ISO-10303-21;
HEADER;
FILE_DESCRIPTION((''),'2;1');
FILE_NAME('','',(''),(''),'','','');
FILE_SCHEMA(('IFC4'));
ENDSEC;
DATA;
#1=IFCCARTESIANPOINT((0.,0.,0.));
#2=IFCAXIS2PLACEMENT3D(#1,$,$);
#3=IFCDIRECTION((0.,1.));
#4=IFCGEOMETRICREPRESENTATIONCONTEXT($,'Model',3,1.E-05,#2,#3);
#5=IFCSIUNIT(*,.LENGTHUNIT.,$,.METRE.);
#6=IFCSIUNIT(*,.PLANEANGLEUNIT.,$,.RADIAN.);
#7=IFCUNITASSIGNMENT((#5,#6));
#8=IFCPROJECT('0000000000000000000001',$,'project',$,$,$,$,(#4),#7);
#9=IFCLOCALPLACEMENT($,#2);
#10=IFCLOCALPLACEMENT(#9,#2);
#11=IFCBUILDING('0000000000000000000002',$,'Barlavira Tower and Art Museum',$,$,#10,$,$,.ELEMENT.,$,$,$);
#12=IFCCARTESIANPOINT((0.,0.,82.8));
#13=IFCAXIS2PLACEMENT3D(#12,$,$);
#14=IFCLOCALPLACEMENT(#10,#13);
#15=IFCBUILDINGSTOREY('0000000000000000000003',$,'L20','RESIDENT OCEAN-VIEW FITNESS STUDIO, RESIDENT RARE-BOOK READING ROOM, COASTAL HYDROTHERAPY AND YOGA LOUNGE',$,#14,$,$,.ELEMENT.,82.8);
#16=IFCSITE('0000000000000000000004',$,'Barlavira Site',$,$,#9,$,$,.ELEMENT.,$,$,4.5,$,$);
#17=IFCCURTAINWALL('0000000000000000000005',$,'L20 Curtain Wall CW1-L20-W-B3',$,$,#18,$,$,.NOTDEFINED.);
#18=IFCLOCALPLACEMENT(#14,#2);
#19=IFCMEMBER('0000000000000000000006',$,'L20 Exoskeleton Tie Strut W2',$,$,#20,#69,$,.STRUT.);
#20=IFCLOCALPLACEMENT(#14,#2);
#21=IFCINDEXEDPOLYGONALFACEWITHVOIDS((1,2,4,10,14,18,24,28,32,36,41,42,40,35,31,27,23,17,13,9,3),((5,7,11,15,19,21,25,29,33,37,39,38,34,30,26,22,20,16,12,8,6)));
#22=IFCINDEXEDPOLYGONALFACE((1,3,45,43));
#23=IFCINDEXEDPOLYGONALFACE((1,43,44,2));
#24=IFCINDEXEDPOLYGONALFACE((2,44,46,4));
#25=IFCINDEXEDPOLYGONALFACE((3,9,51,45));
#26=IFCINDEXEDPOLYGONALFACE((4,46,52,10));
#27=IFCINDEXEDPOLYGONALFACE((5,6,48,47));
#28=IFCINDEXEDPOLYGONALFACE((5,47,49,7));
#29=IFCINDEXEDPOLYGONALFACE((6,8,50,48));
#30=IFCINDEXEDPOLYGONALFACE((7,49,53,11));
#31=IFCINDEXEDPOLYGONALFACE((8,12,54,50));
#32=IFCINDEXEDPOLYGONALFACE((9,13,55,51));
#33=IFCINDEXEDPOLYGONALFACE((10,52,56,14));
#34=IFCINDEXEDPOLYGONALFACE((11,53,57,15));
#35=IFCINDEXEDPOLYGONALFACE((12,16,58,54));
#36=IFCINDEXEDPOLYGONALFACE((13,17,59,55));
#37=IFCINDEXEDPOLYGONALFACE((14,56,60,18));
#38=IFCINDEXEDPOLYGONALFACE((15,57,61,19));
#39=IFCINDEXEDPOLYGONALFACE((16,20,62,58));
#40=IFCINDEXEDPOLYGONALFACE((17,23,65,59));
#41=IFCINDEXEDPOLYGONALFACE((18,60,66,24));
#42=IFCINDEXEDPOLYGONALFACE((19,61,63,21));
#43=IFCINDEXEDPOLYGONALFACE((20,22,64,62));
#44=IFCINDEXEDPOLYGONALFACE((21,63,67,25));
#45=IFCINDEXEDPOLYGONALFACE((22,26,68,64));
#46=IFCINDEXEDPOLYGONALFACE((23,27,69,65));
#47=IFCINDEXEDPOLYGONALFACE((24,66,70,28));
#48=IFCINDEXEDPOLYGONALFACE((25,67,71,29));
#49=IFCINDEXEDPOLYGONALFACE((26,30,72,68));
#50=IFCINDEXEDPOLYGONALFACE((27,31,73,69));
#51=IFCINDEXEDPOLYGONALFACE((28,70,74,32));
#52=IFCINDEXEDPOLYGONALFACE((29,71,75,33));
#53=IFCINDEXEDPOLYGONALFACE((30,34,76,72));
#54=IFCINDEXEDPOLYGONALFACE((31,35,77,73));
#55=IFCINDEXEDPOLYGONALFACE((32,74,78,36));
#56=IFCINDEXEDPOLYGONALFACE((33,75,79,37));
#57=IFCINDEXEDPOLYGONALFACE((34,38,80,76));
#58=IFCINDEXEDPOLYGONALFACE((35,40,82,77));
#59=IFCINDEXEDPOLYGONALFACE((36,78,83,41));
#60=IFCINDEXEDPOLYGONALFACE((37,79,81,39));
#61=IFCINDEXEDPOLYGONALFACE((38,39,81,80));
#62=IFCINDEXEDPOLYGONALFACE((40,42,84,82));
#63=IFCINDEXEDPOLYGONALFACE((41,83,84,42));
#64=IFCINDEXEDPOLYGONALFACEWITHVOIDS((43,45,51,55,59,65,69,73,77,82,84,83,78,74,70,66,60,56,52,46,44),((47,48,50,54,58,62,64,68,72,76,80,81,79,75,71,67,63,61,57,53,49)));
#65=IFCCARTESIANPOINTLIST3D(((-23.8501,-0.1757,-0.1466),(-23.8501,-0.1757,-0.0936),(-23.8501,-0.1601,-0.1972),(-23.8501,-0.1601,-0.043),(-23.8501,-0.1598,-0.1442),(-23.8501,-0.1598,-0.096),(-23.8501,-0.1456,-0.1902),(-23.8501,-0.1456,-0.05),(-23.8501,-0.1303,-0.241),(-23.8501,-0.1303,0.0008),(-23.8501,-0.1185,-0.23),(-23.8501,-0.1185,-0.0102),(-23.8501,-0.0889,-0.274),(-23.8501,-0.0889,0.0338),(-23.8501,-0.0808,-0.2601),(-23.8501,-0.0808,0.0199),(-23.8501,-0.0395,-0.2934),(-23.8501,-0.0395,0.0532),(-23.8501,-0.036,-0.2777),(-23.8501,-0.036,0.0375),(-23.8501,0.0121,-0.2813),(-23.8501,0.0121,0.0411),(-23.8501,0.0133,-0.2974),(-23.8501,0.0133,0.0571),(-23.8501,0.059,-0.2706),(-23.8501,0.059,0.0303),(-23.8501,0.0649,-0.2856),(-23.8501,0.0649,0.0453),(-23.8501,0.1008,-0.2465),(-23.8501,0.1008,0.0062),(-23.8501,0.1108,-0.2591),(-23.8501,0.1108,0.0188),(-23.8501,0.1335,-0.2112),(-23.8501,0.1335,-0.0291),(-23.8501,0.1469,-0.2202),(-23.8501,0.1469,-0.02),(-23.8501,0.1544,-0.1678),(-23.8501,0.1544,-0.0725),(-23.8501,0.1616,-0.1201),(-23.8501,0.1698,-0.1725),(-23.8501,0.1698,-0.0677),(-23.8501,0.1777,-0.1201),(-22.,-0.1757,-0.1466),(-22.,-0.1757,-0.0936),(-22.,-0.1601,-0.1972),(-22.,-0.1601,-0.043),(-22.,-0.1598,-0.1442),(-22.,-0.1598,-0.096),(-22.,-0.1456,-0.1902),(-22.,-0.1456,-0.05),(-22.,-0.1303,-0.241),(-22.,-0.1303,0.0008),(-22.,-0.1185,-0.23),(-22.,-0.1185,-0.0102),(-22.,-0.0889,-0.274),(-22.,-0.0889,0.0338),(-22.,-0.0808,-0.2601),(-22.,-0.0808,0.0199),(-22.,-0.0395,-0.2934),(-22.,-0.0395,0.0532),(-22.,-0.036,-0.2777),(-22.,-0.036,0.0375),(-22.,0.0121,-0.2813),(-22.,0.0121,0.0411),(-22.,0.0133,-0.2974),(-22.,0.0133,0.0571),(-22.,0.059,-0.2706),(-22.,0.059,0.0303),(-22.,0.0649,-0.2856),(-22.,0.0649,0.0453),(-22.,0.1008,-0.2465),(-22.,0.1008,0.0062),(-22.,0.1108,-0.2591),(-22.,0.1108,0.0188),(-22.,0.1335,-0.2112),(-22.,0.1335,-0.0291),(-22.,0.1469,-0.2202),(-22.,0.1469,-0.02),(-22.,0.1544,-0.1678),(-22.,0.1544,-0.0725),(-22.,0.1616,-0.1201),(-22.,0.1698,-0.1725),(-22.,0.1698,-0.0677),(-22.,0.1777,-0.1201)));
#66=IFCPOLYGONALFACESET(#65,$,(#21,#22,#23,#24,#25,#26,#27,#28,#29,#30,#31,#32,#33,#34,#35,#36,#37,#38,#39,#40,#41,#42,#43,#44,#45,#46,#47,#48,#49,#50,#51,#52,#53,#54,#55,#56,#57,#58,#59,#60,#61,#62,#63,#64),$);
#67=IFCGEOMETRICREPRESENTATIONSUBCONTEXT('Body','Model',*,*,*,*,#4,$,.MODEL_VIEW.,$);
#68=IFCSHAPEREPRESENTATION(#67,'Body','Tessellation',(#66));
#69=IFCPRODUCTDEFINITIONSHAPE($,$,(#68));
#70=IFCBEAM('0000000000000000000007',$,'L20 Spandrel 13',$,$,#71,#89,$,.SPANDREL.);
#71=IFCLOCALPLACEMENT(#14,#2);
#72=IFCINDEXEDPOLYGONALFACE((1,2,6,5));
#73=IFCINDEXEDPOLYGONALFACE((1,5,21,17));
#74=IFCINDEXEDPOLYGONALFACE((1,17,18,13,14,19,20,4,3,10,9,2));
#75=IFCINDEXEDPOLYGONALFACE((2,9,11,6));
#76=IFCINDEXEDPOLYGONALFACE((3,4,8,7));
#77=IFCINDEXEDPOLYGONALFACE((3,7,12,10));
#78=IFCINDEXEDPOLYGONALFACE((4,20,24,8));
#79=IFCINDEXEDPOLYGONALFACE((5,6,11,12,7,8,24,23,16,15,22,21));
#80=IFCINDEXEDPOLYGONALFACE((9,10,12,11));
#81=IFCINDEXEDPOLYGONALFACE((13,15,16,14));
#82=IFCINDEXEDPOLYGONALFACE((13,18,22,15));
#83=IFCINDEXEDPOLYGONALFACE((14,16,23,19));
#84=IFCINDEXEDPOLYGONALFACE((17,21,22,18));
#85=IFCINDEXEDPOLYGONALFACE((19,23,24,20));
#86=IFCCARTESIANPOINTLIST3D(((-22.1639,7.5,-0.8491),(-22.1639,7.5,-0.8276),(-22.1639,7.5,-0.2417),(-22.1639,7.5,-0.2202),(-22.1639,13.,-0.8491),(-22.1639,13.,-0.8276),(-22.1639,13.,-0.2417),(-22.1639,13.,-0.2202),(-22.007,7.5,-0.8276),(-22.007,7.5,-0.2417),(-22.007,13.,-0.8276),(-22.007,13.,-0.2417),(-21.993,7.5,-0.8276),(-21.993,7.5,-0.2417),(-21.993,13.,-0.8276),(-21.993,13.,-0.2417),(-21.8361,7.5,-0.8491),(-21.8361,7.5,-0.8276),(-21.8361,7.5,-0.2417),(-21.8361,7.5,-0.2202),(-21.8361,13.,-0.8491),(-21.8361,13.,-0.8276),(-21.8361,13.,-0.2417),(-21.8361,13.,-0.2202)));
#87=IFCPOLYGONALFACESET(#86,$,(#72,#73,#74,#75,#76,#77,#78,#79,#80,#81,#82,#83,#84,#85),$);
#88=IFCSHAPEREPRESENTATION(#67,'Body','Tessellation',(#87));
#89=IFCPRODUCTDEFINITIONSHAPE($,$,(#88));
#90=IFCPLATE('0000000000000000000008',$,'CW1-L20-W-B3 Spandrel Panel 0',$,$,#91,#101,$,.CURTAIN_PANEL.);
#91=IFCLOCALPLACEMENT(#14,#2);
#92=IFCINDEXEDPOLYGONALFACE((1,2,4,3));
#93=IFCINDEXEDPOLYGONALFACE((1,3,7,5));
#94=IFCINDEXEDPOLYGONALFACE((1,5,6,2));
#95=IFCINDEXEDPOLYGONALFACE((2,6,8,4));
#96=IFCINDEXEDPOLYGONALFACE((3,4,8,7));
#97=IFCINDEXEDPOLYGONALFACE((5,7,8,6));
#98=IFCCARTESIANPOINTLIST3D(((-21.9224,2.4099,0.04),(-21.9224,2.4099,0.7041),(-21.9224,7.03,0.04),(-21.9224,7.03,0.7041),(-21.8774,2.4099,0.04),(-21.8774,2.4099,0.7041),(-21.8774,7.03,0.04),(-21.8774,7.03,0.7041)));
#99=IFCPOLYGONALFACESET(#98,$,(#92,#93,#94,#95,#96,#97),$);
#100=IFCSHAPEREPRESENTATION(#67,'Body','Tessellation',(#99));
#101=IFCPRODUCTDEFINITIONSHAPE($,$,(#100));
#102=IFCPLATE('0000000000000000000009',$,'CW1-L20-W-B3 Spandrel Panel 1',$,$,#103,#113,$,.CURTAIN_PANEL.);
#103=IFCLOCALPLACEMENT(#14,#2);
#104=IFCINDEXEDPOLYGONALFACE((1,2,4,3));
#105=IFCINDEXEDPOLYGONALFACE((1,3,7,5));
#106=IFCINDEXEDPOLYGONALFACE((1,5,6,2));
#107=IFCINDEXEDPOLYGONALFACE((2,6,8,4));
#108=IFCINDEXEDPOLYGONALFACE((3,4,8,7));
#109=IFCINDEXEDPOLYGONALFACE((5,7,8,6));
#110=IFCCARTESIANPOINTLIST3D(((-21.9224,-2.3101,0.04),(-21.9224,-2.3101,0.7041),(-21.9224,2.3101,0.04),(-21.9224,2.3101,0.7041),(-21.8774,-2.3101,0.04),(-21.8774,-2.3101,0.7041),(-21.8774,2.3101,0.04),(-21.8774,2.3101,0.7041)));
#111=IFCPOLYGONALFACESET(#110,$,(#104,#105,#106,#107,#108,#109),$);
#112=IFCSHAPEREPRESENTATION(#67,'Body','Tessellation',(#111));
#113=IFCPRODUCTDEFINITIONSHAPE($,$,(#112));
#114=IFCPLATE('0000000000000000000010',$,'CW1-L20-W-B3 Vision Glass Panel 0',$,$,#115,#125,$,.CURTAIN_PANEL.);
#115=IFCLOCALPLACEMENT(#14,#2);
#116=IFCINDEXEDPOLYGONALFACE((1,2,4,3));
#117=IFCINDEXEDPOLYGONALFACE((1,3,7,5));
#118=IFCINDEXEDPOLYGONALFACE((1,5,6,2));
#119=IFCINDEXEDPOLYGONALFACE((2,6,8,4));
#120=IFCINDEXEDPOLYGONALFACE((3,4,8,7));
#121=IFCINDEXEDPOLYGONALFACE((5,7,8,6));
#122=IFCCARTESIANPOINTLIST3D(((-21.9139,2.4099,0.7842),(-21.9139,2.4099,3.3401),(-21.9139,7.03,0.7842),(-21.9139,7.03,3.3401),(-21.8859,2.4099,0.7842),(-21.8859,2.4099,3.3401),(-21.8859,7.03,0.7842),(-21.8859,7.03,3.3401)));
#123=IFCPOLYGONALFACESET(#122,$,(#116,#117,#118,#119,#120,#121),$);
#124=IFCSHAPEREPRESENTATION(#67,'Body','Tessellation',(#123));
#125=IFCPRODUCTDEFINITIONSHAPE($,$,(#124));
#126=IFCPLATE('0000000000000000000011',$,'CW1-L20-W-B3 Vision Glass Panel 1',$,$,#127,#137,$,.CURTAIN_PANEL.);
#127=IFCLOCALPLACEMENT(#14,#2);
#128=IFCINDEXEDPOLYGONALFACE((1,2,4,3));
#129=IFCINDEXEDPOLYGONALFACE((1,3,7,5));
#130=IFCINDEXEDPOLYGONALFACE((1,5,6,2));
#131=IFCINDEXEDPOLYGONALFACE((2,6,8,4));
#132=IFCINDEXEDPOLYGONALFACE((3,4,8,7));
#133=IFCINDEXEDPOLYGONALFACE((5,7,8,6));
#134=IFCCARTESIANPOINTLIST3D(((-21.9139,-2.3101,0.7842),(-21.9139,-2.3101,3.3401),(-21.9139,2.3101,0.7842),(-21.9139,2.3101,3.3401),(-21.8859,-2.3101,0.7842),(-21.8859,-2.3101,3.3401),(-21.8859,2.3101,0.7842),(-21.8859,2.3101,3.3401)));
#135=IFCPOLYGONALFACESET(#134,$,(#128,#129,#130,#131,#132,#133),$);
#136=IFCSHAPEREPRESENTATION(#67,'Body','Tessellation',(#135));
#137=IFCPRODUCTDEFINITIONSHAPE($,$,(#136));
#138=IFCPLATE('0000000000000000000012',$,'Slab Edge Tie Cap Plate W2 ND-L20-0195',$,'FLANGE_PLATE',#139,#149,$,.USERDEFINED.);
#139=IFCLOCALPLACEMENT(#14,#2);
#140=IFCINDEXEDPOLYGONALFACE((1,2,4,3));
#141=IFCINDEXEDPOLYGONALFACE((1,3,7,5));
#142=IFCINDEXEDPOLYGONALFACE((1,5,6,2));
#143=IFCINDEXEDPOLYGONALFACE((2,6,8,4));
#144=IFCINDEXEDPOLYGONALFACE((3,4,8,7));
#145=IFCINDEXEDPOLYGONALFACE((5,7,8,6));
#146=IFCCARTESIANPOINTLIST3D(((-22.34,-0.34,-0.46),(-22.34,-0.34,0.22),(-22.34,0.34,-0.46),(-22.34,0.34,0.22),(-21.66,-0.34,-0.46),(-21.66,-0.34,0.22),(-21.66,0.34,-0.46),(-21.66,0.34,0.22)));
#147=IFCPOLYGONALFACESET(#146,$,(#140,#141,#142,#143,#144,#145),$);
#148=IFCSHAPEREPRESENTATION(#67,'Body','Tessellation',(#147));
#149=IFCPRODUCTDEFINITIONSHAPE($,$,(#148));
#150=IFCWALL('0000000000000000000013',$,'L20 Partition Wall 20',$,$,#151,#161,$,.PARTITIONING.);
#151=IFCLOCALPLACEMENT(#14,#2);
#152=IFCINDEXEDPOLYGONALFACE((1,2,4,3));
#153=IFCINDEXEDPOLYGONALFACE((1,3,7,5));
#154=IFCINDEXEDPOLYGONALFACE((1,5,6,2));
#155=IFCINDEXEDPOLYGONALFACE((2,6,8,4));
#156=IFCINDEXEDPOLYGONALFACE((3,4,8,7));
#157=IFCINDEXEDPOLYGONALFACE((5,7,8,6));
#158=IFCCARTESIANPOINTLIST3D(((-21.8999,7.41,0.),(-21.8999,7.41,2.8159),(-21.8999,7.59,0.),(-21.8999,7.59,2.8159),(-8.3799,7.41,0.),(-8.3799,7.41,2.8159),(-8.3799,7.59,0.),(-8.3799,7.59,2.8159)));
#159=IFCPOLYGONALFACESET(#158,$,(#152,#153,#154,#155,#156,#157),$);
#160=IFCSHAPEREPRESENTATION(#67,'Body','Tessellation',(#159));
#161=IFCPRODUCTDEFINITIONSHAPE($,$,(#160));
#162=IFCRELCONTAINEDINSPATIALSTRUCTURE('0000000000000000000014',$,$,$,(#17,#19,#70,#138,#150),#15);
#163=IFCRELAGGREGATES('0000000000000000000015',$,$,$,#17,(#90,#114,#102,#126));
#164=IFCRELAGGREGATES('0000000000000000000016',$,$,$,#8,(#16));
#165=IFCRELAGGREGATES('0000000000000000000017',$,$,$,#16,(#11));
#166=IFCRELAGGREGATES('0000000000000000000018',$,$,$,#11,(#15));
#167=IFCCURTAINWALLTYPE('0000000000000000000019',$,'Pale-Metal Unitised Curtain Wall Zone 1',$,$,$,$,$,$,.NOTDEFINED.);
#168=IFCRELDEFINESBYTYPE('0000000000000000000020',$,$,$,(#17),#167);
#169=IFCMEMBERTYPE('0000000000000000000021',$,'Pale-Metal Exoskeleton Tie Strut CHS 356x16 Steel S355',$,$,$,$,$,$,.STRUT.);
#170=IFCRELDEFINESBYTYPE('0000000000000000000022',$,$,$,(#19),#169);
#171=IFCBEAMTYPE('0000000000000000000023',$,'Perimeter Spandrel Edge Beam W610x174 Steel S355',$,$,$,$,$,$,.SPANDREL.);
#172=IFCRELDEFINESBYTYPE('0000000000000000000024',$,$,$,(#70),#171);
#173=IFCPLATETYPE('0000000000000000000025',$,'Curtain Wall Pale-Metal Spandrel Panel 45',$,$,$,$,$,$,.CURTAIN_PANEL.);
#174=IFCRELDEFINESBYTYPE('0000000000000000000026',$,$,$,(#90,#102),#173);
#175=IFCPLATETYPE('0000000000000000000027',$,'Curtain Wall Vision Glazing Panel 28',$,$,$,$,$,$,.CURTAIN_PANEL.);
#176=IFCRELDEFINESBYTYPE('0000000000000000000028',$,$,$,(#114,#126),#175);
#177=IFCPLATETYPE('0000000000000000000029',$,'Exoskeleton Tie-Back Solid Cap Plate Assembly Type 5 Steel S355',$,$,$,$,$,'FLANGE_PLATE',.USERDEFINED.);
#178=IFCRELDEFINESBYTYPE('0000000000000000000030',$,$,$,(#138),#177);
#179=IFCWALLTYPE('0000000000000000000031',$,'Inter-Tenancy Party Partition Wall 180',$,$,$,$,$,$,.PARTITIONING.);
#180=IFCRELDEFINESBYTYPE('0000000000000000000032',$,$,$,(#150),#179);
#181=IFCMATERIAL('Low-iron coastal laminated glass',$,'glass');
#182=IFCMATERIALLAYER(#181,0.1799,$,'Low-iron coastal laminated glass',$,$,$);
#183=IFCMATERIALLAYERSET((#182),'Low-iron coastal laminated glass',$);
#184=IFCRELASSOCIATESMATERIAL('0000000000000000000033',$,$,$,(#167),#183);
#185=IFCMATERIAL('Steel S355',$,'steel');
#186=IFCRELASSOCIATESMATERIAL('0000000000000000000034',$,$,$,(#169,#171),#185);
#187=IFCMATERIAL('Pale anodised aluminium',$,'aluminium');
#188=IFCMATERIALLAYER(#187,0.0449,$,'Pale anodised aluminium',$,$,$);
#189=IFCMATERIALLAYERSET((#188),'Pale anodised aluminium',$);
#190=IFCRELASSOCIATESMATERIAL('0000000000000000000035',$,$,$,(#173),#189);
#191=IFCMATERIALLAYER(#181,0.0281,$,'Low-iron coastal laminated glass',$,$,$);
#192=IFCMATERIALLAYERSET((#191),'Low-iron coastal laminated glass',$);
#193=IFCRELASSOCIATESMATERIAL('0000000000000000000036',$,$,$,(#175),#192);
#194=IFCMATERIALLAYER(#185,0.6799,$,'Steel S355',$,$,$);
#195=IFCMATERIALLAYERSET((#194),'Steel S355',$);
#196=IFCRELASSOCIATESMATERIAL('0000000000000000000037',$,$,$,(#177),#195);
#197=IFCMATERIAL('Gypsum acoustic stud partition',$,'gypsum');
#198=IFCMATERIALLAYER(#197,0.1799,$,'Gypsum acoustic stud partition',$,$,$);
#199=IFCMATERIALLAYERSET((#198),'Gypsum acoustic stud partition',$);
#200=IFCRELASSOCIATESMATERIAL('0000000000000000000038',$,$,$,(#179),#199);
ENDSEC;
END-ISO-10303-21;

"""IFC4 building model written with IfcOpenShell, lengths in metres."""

from ifc_helpers import new_model, si_unit, direction, frame, frame_2d, origin, origin_2d, place, context, subcontext, project, spatial, rectangle, hollow_circle, i_section, extrude, material, layer, layer_set, material_profile, profile_set, type_object, element, aggregate, save


model = new_model("IFC4")

# Units and contexts
model_context = context("Model", 3, precision=1e-05, world=origin(), true_north=direction((0.0, 1.0)))
body_context = subcontext(model_context, "Body", "Model", "MODEL_VIEW")
ifc_project = project(units=[si_unit("LENGTHUNIT", "METRE"), si_unit("PLANEANGLEUNIT", "RADIAN")], contexts=[model_context])

# Site, building, storey
site_placement = place(None, origin())
site = spatial("IfcSite", under=ifc_project, at=site_placement, Name="Barlavira Site", CompositionType="ELEMENT", RefElevation=4.5)
building_placement = place(site_placement, origin())
building = spatial("IfcBuilding", under=site, at=building_placement, Name="Barlavira Tower and Art Museum", CompositionType="ELEMENT")
storey_placement = place(building_placement, frame((0.0, 0.0, 82.8)))
storey = spatial("IfcBuildingStorey", under=building, at=storey_placement, Name="L20", Description="RESIDENT OCEAN-VIEW FITNESS STUDIO, RESIDENT RARE-BOOK READING ROOM, COASTAL HYDROTHERAPY AND YOGA LOUNGE", CompositionType="ELEMENT", Elevation=82.8)

# Curtain wall
ifc_material_1 = material(Name="Low-iron coastal laminated glass", Category="glass")
ifc_layer_1 = layer(ifc_material_1, 0.1799, Name="Low-iron coastal laminated glass")
ifc_layer_set_1 = layer_set([ifc_layer_1], Name="Low-iron coastal laminated glass")
curtain_wall_type = type_object("IfcCurtainWallType", Name="Pale-Metal Unitised Curtain Wall Zone 1", PredefinedType="NOTDEFINED", material=ifc_layer_set_1)
curtain_wall_placement = place(storey_placement, origin())
curtain_wall = element("IfcCurtainWall", 1, at=curtain_wall_placement, inside=storey, type_object=curtain_wall_type, Name="L20 Curtain Wall CW1-L20-W-B3", PredefinedType="NOTDEFINED")
ifc_material_2 = material(Name="Pale anodised aluminium", Category="aluminium")

# Member
ifc_material_3 = material(Name="Steel S355", Category="steel")
ifc_material_profile_1 = material_profile(ifc_material_3, hollow_circle(Radius=0.1777, WallThickness=0.0161, at=origin_2d()), Name="CHS 355.6x16.0")
ifc_profile_set_1 = profile_set([ifc_material_profile_1], Name="Steel S355")
member_type_1 = type_object("IfcMemberType", Name="Pale-Metal Exoskeleton Tie Strut CHS 356x16 Steel S355", PredefinedType="STRUT", material=ifc_profile_set_1)
member_1_placement = place(storey_placement, frame((-23.8501, 0.0, -0.1201), z_axis=(1.0, 0.0, 0.0), x_axis=(0.0, 1.0, 0.0)))
element("IfcMember", 2, at=member_1_placement, inside=storey, type_object=member_type_1, Name="L20 Exoskeleton Tie Strut W2", PredefinedType="STRUT", context=body_context, shape_type="SweptSolid", body=[
    extrude(hollow_circle(Radius=0.1777, WallThickness=0.0161, at=origin_2d()), origin(), (0.0, 0.0, 1.0), 1.8501),
])

# Beam
ifc_material_profile_2 = material_profile(ifc_material_3, i_section(OverallWidth=0.3279, OverallDepth=0.6289, WebThickness=0.0139, FlangeThickness=0.0215, at=origin_2d()), Name="W610x174.0")
ifc_profile_set_2 = profile_set([ifc_material_profile_2], Name="Steel S355")
beam_type = type_object("IfcBeamType", Name="Perimeter Spandrel Edge Beam W610x174 Steel S355", PredefinedType="SPANDREL", material=ifc_profile_set_2)
beam_placement = place(storey_placement, frame((-22.0, 7.5, -0.5347), z_axis=(0.0, 1.0, 0.0), x_axis=(-1.0, 0.0, 0.0)))
element("IfcBeam", 3, at=beam_placement, inside=storey, type_object=beam_type, Name="L20 Spandrel 13", PredefinedType="SPANDREL", context=body_context, shape_type="SweptSolid", body=[
    extrude(i_section(OverallWidth=0.3279, OverallDepth=0.6289, WebThickness=0.0139, FlangeThickness=0.0215, at=origin_2d()), origin(), (0.0, 0.0, 1.0), 5.5),
])

# Plates
ifc_layer_2 = layer(ifc_material_2, 0.0449, Name="Pale anodised aluminium")
ifc_layer_set_2 = layer_set([ifc_layer_2], Name="Pale anodised aluminium")
plate_type_1 = type_object("IfcPlateType", Name="Curtain Wall Pale-Metal Spandrel Panel 45", PredefinedType="CURTAIN_PANEL", material=ifc_layer_set_2)
plate_1_placement = place(storey_placement, frame((-21.8999, 4.72, 0.04), z_axis=(0.0, 0.0, 1.0), x_axis=(0.0, -1.0, 0.0)))
plate_1 = element("IfcPlate", 4, at=plate_1_placement, type_object=plate_type_1, Name="CW1-L20-W-B3 Spandrel Panel 0", PredefinedType="CURTAIN_PANEL", context=body_context, shape_type="SweptSolid", body=[
    extrude(rectangle(XDim=4.6201, YDim=0.0449, at=origin_2d()), origin(), (0.0, 0.0, 1.0), 0.6641),
])
plate_2_placement = place(storey_placement, frame((-21.8999, 0.0, 0.04), z_axis=(0.0, 0.0, 1.0), x_axis=(0.0, -1.0, 0.0)))
plate_2 = element("IfcPlate", 5, at=plate_2_placement, type_object=plate_type_1, Name="CW1-L20-W-B3 Spandrel Panel 1", PredefinedType="CURTAIN_PANEL", context=body_context, shape_type="SweptSolid", body=[
    extrude(rectangle(XDim=4.6201, YDim=0.0449, at=origin_2d()), origin(), (0.0, 0.0, 1.0), 0.6641),
])
ifc_layer_3 = layer(ifc_material_1, 0.0281, Name="Low-iron coastal laminated glass")
ifc_layer_set_3 = layer_set([ifc_layer_3], Name="Low-iron coastal laminated glass")
plate_type_2 = type_object("IfcPlateType", Name="Curtain Wall Vision Glazing Panel 28", PredefinedType="CURTAIN_PANEL", material=ifc_layer_set_3)
plate_3_placement = place(storey_placement, frame((-21.8999, 4.72, 0.7842), z_axis=(0.0, 0.0, 1.0), x_axis=(0.0, -1.0, 0.0)))
plate_3 = element("IfcPlate", 6, at=plate_3_placement, type_object=plate_type_2, Name="CW1-L20-W-B3 Vision Glass Panel 0", PredefinedType="CURTAIN_PANEL", context=body_context, shape_type="SweptSolid", body=[
    extrude(rectangle(XDim=4.6201, YDim=0.0281, at=origin_2d()), origin(), (0.0, 0.0, 1.0), 2.5559),
])
plate_4_placement = place(storey_placement, frame((-21.8999, 0.0, 0.7842), z_axis=(0.0, 0.0, 1.0), x_axis=(0.0, -1.0, 0.0)))
plate_4 = element("IfcPlate", 7, at=plate_4_placement, type_object=plate_type_2, Name="CW1-L20-W-B3 Vision Glass Panel 1", PredefinedType="CURTAIN_PANEL", context=body_context, shape_type="SweptSolid", body=[
    extrude(rectangle(XDim=4.6201, YDim=0.0281, at=origin_2d()), origin(), (0.0, 0.0, 1.0), 2.5559),
])
aggregate(curtain_wall, [plate_1, plate_3, plate_2, plate_4])
ifc_layer_4 = layer(ifc_material_3, 0.6799, Name="Steel S355")
ifc_layer_set_4 = layer_set([ifc_layer_4], Name="Steel S355")
plate_type_3 = type_object("IfcPlateType", Name="Exoskeleton Tie-Back Solid Cap Plate Assembly Type 5 Steel S355", ElementType="FLANGE_PLATE", PredefinedType="USERDEFINED", material=ifc_layer_set_4)
plate_5_placement = place(storey_placement, frame((-22.0, 0.0, -0.46), z_axis=(0.0, 0.0, 1.0), x_axis=(1.0, 0.0, 0.0)))
element("IfcPlate", 8, at=plate_5_placement, inside=storey, type_object=plate_type_3, Name="Slab Edge Tie Cap Plate W2 ND-L20-0195", ObjectType="FLANGE_PLATE", PredefinedType="USERDEFINED", context=body_context, shape_type="SweptSolid", body=[
    extrude(rectangle(XDim=0.6799, YDim=0.6799, at=origin_2d()), origin(), (0.0, 0.0, 1.0), 0.6799),
])

# Wall
ifc_material_4 = material(Name="Gypsum acoustic stud partition", Category="gypsum")
ifc_layer_5 = layer(ifc_material_4, 0.1799, Name="Gypsum acoustic stud partition")
ifc_layer_set_5 = layer_set([ifc_layer_5], Name="Gypsum acoustic stud partition")
wall_type = type_object("IfcWallType", Name="Inter-Tenancy Party Partition Wall 180", PredefinedType="PARTITIONING", material=ifc_layer_set_5)
wall_placement = place(storey_placement, frame((-21.8999, 7.5, 0.0), z_axis=(0.0, 0.0, 1.0), x_axis=(1.0, 0.0, 0.0)))
element("IfcWall", 9, at=wall_placement, inside=storey, type_object=wall_type, Name="L20 Partition Wall 20", PredefinedType="PARTITIONING", context=body_context, shape_type="SweptSolid", body=[
    extrude(rectangle(XDim=13.52, YDim=0.1799, at=frame_2d((6.76, 0.0))), origin(), (0.0, 0.0, 1.0), 2.8159),
])

save(model, "model.ifc")
